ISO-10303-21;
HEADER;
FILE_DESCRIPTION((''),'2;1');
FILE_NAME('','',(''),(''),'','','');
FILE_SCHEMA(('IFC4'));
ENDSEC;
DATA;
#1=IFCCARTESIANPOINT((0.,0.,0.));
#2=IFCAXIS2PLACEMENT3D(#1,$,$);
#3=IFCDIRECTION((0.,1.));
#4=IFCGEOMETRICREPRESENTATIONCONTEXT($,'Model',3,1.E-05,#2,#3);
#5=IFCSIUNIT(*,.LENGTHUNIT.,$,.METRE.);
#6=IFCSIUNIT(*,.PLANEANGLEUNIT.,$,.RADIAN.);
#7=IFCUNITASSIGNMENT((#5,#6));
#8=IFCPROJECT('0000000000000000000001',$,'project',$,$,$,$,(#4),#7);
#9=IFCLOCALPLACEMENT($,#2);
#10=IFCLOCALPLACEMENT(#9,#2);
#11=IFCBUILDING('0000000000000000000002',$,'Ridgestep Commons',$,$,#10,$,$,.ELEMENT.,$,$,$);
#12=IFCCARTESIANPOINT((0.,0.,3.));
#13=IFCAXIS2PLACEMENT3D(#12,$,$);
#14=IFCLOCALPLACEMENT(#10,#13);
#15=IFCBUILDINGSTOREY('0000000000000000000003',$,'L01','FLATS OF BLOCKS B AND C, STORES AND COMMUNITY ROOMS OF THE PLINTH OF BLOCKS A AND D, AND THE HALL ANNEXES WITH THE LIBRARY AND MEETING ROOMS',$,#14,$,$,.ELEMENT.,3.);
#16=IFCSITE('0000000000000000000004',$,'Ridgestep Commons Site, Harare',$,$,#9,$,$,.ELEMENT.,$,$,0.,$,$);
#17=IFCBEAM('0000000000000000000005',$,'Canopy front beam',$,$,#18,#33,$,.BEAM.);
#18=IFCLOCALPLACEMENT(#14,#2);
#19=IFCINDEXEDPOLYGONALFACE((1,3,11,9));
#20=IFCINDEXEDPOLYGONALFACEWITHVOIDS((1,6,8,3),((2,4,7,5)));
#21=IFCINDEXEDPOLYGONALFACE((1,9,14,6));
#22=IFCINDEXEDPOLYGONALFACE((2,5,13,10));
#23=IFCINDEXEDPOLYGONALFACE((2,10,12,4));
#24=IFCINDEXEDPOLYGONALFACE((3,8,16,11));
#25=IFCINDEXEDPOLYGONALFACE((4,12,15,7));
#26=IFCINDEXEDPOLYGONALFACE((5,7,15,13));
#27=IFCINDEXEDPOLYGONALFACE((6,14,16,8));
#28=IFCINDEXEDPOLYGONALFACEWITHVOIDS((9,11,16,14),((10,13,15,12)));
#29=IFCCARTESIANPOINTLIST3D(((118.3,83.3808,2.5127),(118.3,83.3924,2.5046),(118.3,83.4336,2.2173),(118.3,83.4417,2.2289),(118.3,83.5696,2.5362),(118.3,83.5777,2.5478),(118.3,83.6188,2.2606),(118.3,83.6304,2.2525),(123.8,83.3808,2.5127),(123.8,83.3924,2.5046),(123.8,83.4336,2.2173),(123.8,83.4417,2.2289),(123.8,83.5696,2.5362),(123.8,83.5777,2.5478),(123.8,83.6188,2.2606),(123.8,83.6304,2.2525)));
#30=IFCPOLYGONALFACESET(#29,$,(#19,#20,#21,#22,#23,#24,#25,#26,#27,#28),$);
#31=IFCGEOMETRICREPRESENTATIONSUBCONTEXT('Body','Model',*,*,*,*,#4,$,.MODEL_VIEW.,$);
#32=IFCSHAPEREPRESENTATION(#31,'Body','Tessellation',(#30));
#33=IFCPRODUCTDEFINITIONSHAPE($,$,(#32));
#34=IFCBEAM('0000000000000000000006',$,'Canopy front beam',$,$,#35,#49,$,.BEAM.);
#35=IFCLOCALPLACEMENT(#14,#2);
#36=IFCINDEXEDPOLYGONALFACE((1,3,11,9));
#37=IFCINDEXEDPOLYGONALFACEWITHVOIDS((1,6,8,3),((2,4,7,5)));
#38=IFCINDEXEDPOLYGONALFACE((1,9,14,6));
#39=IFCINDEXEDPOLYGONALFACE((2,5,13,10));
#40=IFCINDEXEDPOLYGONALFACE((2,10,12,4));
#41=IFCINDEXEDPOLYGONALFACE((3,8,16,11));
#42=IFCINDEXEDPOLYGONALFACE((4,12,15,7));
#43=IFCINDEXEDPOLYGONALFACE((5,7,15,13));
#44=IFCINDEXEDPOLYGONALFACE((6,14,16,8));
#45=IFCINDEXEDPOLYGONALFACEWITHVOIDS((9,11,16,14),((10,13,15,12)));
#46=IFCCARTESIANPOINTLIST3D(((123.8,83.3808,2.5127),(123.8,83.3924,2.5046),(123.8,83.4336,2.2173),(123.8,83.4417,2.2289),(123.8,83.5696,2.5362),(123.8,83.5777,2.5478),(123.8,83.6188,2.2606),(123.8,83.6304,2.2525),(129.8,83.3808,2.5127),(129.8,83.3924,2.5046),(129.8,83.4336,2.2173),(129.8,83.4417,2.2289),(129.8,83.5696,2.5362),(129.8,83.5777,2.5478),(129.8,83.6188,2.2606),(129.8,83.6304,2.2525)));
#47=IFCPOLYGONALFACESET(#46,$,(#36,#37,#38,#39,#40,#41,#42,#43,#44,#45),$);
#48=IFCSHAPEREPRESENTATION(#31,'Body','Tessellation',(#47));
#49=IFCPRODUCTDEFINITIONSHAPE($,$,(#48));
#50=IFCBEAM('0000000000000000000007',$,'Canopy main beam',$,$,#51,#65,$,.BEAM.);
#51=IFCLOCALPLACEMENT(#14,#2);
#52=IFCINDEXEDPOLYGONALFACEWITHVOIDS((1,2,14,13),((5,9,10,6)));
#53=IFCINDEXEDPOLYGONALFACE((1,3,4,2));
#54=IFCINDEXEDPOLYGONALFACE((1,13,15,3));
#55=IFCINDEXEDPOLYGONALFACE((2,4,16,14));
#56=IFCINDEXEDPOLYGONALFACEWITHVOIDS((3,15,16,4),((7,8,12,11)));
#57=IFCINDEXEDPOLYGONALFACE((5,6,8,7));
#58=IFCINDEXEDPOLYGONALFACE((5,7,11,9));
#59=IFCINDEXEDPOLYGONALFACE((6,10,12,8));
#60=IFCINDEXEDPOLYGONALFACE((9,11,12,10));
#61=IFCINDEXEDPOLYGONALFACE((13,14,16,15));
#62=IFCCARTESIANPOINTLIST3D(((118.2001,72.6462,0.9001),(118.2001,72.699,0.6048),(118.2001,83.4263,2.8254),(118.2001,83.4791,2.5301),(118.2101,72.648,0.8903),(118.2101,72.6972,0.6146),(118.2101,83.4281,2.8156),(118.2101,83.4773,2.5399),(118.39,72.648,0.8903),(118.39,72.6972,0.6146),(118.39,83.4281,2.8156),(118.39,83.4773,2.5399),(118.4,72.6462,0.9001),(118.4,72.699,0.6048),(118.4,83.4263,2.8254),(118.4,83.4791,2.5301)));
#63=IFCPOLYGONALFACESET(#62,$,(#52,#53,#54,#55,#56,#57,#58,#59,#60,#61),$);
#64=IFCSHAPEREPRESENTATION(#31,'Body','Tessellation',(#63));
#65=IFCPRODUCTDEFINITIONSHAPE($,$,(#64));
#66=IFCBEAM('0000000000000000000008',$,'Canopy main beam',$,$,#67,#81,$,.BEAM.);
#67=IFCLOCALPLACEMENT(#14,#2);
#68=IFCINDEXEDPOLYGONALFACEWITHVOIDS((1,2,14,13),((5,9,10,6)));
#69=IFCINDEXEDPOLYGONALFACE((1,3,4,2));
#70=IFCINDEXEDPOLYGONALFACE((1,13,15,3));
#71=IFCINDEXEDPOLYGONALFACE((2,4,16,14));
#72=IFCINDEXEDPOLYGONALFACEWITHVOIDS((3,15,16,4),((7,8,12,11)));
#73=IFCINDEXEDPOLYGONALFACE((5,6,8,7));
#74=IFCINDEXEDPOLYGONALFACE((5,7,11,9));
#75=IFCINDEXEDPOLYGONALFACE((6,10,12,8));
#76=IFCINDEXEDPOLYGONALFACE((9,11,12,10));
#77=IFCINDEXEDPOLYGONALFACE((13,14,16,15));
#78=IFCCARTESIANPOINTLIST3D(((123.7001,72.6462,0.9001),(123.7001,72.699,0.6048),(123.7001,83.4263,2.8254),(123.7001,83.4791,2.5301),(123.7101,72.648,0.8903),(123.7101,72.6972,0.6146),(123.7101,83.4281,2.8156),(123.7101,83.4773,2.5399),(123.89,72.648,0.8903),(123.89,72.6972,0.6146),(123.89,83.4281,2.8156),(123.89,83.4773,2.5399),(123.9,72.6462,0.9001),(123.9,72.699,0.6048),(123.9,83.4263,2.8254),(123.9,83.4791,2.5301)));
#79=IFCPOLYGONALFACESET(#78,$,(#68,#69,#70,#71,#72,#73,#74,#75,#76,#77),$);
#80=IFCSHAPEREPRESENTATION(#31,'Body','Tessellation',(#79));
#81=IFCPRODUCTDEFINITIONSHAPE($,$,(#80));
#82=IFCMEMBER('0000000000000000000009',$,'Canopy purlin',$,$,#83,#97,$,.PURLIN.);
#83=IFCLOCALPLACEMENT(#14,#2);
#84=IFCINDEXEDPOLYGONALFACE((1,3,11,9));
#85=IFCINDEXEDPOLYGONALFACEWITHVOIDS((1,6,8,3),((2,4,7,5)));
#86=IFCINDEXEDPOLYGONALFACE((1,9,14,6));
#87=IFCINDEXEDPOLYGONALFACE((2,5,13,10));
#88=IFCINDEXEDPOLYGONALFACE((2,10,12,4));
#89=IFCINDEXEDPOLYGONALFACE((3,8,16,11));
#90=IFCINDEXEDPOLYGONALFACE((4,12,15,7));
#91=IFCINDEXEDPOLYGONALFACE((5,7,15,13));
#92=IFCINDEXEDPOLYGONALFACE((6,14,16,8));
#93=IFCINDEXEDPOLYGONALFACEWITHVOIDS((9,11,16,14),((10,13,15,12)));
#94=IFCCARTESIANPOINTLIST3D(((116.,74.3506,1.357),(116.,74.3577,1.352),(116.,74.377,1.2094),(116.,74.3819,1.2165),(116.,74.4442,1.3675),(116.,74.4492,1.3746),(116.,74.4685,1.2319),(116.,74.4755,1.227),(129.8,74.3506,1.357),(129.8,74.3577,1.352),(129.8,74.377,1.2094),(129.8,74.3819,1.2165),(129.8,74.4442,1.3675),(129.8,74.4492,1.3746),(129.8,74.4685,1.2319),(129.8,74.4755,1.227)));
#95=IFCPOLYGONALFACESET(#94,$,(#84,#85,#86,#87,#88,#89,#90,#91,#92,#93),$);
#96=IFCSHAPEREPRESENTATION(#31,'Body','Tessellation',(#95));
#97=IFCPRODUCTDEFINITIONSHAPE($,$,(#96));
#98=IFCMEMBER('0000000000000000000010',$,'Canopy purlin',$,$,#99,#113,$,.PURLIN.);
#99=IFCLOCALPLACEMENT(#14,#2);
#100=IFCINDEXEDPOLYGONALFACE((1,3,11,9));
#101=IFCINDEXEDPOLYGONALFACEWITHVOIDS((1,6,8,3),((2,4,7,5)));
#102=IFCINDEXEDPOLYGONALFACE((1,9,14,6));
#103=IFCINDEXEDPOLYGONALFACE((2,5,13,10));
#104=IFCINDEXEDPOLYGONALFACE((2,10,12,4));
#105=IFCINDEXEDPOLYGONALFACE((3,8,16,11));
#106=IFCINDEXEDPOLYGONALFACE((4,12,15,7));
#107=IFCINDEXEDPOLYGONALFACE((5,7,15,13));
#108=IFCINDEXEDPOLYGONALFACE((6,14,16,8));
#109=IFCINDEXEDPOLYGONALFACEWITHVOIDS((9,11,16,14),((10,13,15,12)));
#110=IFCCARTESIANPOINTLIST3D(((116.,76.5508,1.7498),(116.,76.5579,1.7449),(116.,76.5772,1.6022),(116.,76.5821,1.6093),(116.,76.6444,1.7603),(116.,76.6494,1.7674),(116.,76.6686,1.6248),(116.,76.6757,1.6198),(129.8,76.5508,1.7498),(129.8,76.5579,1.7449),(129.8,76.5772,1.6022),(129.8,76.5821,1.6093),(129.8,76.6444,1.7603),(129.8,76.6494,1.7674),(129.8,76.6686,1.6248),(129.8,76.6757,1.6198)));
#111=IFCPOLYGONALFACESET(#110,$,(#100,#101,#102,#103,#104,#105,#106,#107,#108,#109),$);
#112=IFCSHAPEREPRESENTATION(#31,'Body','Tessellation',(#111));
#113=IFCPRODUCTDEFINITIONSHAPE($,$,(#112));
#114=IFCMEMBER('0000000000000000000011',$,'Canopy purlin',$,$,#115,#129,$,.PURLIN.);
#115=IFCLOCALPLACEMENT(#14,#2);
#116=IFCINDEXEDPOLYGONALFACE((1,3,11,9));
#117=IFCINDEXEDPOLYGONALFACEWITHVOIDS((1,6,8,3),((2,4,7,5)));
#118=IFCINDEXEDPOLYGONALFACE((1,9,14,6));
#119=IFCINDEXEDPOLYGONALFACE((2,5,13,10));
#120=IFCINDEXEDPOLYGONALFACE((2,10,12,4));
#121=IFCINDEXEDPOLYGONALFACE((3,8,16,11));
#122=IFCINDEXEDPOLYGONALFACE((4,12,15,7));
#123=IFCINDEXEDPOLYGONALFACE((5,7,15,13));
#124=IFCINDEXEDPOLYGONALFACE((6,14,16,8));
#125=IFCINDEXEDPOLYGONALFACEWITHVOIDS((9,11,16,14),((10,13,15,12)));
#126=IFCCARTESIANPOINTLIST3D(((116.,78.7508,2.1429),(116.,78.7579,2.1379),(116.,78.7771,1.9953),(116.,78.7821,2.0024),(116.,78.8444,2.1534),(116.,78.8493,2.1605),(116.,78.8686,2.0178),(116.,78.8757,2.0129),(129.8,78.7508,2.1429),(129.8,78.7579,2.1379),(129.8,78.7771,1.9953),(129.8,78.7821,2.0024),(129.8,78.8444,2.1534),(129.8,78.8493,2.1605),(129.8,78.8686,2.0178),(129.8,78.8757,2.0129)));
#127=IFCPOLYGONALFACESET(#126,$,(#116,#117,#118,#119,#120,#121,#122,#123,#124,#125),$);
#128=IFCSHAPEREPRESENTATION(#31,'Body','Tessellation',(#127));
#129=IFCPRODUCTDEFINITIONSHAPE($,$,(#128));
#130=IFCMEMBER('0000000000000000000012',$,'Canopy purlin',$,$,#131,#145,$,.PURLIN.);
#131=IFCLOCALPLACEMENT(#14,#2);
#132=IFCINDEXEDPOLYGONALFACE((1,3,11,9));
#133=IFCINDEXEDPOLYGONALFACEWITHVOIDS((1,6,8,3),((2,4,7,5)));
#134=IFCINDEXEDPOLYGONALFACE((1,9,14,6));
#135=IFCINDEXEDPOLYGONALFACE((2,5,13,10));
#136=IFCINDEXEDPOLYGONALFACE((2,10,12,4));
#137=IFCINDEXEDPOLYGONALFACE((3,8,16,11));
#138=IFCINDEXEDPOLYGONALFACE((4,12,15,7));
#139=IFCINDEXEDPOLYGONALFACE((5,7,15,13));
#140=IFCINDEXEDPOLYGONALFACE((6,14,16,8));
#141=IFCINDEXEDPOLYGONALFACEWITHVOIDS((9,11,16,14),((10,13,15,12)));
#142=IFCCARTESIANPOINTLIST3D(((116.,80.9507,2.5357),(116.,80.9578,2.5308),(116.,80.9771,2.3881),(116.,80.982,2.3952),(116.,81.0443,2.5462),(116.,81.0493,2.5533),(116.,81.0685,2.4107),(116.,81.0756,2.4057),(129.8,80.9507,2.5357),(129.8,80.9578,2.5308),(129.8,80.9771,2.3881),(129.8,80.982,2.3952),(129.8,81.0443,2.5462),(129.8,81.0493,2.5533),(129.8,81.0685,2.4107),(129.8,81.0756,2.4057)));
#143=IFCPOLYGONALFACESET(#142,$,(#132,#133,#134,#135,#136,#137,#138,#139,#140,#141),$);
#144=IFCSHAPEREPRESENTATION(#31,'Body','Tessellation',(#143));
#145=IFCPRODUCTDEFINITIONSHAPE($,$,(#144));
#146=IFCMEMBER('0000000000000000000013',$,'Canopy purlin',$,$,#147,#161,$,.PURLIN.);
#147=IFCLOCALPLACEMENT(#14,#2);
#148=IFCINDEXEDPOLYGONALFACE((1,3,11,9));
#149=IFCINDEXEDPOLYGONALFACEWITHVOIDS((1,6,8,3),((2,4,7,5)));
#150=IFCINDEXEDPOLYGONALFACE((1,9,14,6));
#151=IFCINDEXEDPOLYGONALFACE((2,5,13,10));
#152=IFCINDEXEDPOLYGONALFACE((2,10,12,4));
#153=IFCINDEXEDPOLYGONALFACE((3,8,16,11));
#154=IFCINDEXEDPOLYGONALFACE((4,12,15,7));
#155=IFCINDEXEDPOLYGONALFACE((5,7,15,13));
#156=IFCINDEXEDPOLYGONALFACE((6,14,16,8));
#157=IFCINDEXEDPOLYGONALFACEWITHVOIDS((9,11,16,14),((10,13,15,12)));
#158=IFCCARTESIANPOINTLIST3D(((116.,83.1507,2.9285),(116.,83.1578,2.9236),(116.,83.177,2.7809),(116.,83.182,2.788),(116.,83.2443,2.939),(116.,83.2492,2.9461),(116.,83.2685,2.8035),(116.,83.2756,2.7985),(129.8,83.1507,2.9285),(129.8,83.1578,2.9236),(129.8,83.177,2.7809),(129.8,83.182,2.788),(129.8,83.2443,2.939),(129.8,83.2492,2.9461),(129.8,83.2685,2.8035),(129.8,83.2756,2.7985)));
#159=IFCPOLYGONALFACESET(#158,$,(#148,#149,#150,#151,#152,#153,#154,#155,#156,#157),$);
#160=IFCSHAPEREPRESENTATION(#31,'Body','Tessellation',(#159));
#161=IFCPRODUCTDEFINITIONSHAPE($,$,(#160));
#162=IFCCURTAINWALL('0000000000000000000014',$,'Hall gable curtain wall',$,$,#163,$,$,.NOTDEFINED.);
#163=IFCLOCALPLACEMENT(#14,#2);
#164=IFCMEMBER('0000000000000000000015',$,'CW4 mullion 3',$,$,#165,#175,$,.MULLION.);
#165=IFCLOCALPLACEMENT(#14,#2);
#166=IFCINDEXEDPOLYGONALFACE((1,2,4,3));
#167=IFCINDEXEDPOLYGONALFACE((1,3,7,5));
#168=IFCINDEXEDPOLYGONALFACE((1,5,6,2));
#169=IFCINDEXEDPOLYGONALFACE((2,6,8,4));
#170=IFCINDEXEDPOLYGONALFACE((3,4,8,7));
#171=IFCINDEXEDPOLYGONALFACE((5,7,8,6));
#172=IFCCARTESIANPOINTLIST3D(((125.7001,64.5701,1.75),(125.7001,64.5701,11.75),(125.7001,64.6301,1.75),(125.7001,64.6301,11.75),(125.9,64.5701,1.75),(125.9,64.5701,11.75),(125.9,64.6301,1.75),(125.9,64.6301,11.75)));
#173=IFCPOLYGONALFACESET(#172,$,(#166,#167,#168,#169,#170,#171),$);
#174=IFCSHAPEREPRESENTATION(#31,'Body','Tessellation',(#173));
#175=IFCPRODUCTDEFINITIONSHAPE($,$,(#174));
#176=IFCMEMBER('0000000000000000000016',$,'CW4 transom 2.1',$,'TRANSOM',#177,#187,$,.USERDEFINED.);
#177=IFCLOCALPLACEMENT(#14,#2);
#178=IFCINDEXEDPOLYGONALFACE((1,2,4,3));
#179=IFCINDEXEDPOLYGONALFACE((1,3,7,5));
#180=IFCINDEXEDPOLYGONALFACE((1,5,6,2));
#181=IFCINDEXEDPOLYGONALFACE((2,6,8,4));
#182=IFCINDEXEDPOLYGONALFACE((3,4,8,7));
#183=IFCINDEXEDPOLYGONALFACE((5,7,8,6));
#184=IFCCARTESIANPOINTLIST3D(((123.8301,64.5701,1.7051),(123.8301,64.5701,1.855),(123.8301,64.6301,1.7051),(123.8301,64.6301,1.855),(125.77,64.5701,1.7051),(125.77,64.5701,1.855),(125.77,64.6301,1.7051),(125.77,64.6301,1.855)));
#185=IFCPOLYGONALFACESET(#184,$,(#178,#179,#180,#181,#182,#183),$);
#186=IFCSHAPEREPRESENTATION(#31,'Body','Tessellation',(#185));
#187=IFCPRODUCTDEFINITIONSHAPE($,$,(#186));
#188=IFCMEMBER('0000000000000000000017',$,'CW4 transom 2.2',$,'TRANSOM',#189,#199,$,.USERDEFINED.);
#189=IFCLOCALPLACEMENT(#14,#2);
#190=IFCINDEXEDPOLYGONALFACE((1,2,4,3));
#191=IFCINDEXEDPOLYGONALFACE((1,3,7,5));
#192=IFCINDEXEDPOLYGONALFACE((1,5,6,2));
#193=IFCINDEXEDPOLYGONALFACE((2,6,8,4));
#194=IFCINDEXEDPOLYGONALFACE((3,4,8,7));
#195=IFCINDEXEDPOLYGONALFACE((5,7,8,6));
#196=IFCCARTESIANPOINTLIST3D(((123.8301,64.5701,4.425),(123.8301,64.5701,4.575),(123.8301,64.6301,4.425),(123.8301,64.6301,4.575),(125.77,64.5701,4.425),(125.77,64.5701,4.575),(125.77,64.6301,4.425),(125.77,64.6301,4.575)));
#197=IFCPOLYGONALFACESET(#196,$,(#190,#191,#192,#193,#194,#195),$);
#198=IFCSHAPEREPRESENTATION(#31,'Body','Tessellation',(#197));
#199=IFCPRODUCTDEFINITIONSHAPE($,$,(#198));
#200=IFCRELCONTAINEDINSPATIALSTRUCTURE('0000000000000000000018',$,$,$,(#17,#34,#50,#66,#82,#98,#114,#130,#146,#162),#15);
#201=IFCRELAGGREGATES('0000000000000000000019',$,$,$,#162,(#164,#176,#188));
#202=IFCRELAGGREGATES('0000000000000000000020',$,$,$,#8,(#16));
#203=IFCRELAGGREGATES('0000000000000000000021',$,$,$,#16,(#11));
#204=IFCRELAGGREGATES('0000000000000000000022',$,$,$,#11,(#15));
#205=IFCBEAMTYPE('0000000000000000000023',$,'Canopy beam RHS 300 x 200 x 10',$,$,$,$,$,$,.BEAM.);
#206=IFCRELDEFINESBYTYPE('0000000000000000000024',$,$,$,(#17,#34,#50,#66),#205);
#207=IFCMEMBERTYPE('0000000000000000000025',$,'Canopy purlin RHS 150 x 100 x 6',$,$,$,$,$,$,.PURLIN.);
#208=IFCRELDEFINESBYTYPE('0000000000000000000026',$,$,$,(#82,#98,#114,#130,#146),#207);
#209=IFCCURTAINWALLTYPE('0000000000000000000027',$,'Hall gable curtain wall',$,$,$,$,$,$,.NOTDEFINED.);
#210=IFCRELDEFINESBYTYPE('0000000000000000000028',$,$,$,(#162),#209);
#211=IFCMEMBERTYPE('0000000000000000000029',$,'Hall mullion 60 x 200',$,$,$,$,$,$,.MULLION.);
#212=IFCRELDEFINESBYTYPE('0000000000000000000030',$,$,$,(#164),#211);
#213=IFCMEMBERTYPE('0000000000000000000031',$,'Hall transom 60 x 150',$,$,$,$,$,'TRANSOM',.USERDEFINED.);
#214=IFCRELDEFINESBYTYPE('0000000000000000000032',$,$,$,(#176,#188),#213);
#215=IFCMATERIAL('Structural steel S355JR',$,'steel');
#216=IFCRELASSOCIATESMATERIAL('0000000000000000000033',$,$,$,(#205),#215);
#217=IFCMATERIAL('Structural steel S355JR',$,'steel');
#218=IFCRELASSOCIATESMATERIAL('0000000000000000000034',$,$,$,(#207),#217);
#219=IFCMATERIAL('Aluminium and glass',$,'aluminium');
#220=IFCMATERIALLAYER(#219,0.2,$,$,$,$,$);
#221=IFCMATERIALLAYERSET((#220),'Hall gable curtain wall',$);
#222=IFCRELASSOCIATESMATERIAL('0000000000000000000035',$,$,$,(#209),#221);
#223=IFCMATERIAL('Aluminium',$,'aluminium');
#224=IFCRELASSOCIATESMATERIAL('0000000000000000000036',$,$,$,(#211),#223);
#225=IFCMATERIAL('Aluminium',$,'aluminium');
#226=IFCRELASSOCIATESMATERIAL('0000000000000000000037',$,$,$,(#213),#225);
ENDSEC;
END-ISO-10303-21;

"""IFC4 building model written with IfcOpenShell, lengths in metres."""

from ifc_helpers import new_model, si_unit, direction, frame, origin, origin_2d, place, context, subcontext, project, spatial, rectangle, hollow_rectangle, extrude, material, layer, layer_set, material_profile, profile_set, type_object, element, aggregate, save


model = new_model("IFC4")

# Units and contexts
model_context = context("Model", 3, precision=1e-05, world=origin(), true_north=direction((0.0, 1.0)))
body_context = subcontext(model_context, "Body", "Model", "MODEL_VIEW")
ifc_project = project(units=[si_unit("LENGTHUNIT", "METRE"), si_unit("PLANEANGLEUNIT", "RADIAN")], contexts=[model_context])

# Site, building, storey
site_placement = place(None, origin())
site = spatial("IfcSite", under=ifc_project, at=site_placement, Name="Ridgestep Commons Site, Harare", CompositionType="ELEMENT", RefElevation=0.0)
building_placement = place(site_placement, origin())
building = spatial("IfcBuilding", under=site, at=building_placement, Name="Ridgestep Commons", CompositionType="ELEMENT")
storey_placement = place(building_placement, frame((0.0, 0.0, 3.0)))
storey = spatial("IfcBuildingStorey", under=building, at=storey_placement, Name="L01", Description="FLATS OF BLOCKS B AND C, STORES AND COMMUNITY ROOMS OF THE PLINTH OF BLOCKS A AND D, AND THE HALL ANNEXES WITH THE LIBRARY AND MEETING ROOMS", CompositionType="ELEMENT", Elevation=3.0)

# Beams
ifc_material_1 = material(Name="Structural steel S355JR", Category="steel")
ifc_material_profile_1 = material_profile(ifc_material_1, hollow_rectangle(XDim=0.2, YDim=0.3, WallThickness=0.01, at=origin_2d()), Name="RHS 300x200x10")
ifc_profile_set_1 = profile_set([ifc_material_profile_1], Name="Structural steel S355JR")
beam_type = type_object("IfcBeamType", Name="Canopy beam RHS 300 x 200 x 10", PredefinedType="BEAM", material=ifc_profile_set_1)
beam_1_placement = place(storey_placement, frame((118.3, 83.5056, 2.3826), z_axis=(1.0, 0.0, 0.0), x_axis=(0.0, 0.984423, 0.175818)))
element("IfcBeam", 1, at=beam_1_placement, inside=storey, type_object=beam_type, Name="Canopy front beam", PredefinedType="BEAM", context=body_context, shape_type="SweptSolid", body=[
    extrude(hollow_rectangle(XDim=0.2, YDim=0.3, WallThickness=0.01, at=origin_2d()), origin(), (0.0, 0.0, 1.0), 5.5),
])
beam_2_placement = place(storey_placement, frame((123.8, 83.5056, 2.3826), z_axis=(1.0, 0.0, 0.0), x_axis=(0.0, 0.984423, 0.175818)))
element("IfcBeam", 2, at=beam_2_placement, inside=storey, type_object=beam_type, Name="Canopy front beam", PredefinedType="BEAM", context=body_context, shape_type="SweptSolid", body=[
    extrude(hollow_rectangle(XDim=0.2, YDim=0.3, WallThickness=0.01, at=origin_2d()), origin(), (0.0, 0.0, 1.0), 6.0),
])
for number, where, z_axis, x_axis, name in (
    (3, (118.3, 72.6726, 0.7524), (0.0, 0.984423, 0.175816), (-1.0, 0.0, 0.0), "Canopy main beam"),
    (4, (123.8, 72.6726, 0.7524), (0.0, 0.984423, 0.175816), (-1.0, 0.0, 0.0), "Canopy main beam"),
):
    element("IfcBeam", number, at=place(storey_placement, frame(where, z_axis=z_axis, x_axis=x_axis)), inside=storey, type_object=beam_type, Name=name, PredefinedType="BEAM", context=body_context, shape_type="SweptSolid", body=[
        extrude(hollow_rectangle(XDim=0.2, YDim=0.3, WallThickness=0.01, at=origin_2d()), origin(), (0.0, 0.0, 1.0), 10.9507),
    ])

# Members
ifc_material_2 = material(Name="Structural steel S355JR", Category="steel")
ifc_material_profile_2 = material_profile(ifc_material_2, hollow_rectangle(XDim=0.1001, YDim=0.1499, WallThickness=0.0061, at=origin_2d()), Name="RHS 150x100x6")
ifc_profile_set_2 = profile_set([ifc_material_profile_2], Name="Structural steel S355JR")
member_type_1 = type_object("IfcMemberType", Name="Canopy purlin RHS 150 x 100 x 6", PredefinedType="PURLIN", material=ifc_profile_set_2)
for number, where, z_axis, x_axis, name in (
    (5, (116.0, 74.4131, 1.292), (1.0, 0.0, 0.0), (0.0, 0.984423, 0.175818), "Canopy purlin"),
    (6, (116.0, 76.6133, 1.6848), (1.0, 0.0, 0.0), (0.0, 0.984423, 0.175818), "Canopy purlin"),
    (7, (116.0, 78.8132, 2.0779), (1.0, 0.0, 0.0), (0.0, 0.984423, 0.175818), "Canopy purlin"),
    (8, (116.0, 81.0132, 2.4707), (1.0, 0.0, 0.0), (0.0, 0.984423, 0.175818), "Canopy purlin"),
    (9, (116.0, 83.2131, 2.8635), (1.0, 0.0, 0.0), (0.0, 0.984423, 0.175818), "Canopy purlin"),
):
    element("IfcMember", number, at=place(storey_placement, frame(where, z_axis=z_axis, x_axis=x_axis)), inside=storey, type_object=member_type_1, Name=name, PredefinedType="PURLIN", context=body_context, shape_type="SweptSolid", body=[
        extrude(hollow_rectangle(XDim=0.1001, YDim=0.1499, WallThickness=0.0061, at=origin_2d()), origin(), (0.0, 0.0, 1.0), 13.8),
    ])

# Curtain wall, members
ifc_material_3 = material(Name="Aluminium and glass", Category="aluminium")
ifc_layer_1 = layer(ifc_material_3, 0.2)
ifc_layer_set_1 = layer_set([ifc_layer_1], Name="Hall gable curtain wall")
curtain_wall_type = type_object("IfcCurtainWallType", Name="Hall gable curtain wall", PredefinedType="NOTDEFINED", material=ifc_layer_set_1)
curtain_wall_placement = place(storey_placement, origin())
curtain_wall = element("IfcCurtainWall", 10, at=curtain_wall_placement, inside=storey, type_object=curtain_wall_type, Name="Hall gable curtain wall", PredefinedType="NOTDEFINED")
ifc_material_4 = material(Name="Aluminium", Category="aluminium")
ifc_material_profile_3 = material_profile(ifc_material_4, rectangle(XDim=0.0601, YDim=0.2, at=origin_2d()), Name="Hall mullion 60 x 200")
ifc_profile_set_3 = profile_set([ifc_material_profile_3], Name="Aluminium")
member_type_2 = type_object("IfcMemberType", Name="Hall mullion 60 x 200", PredefinedType="MULLION", material=ifc_profile_set_3)
member_1_placement = place(storey_placement, frame((125.8, 64.6001, 1.75), z_axis=(0.0, 0.0, 1.0), x_axis=(0.0, 1.0, 0.0)))
member_1 = element("IfcMember", 11, at=member_1_placement, type_object=member_type_2, Name="CW4 mullion 3", PredefinedType="MULLION", context=body_context, shape_type="SweptSolid", body=[
    extrude(rectangle(XDim=0.0601, YDim=0.2, at=origin_2d()), origin(), (0.0, 0.0, 1.0), 10.0),
])
ifc_material_5 = material(Name="Aluminium", Category="aluminium")
ifc_material_profile_4 = material_profile(ifc_material_5, rectangle(XDim=0.0601, YDim=0.1499, at=origin_2d()), Name="Hall transom 60 x 150")
ifc_profile_set_4 = profile_set([ifc_material_profile_4], Name="Aluminium")
member_type_3 = type_object("IfcMemberType", Name="Hall transom 60 x 150", ElementType="TRANSOM", PredefinedType="USERDEFINED", material=ifc_profile_set_4)
member_2_placement = place(storey_placement, frame((123.8301, 64.6001, 1.78), z_axis=(1.0, 0.0, 0.0), x_axis=(0.0, 1.0, 0.0)))
member_2 = element("IfcMember", 12, at=member_2_placement, type_object=member_type_3, Name="CW4 transom 2.1", ObjectType="TRANSOM", PredefinedType="USERDEFINED", context=body_context, shape_type="SweptSolid", body=[
    extrude(rectangle(XDim=0.0601, YDim=0.1499, at=origin_2d()), origin(), (0.0, 0.0, 1.0), 1.9399),
])
member_3_placement = place(storey_placement, frame((123.8301, 64.6001, 4.5), z_axis=(1.0, 0.0, 0.0), x_axis=(0.0, 1.0, 0.0)))
member_3 = element("IfcMember", 13, at=member_3_placement, type_object=member_type_3, Name="CW4 transom 2.2", ObjectType="TRANSOM", PredefinedType="USERDEFINED", context=body_context, shape_type="SweptSolid", body=[
    extrude(rectangle(XDim=0.0601, YDim=0.1499, at=origin_2d()), origin(), (0.0, 0.0, 1.0), 1.9399),
])

aggregate(curtain_wall, [member_1, member_2, member_3])

save(model, "model.ifc")
